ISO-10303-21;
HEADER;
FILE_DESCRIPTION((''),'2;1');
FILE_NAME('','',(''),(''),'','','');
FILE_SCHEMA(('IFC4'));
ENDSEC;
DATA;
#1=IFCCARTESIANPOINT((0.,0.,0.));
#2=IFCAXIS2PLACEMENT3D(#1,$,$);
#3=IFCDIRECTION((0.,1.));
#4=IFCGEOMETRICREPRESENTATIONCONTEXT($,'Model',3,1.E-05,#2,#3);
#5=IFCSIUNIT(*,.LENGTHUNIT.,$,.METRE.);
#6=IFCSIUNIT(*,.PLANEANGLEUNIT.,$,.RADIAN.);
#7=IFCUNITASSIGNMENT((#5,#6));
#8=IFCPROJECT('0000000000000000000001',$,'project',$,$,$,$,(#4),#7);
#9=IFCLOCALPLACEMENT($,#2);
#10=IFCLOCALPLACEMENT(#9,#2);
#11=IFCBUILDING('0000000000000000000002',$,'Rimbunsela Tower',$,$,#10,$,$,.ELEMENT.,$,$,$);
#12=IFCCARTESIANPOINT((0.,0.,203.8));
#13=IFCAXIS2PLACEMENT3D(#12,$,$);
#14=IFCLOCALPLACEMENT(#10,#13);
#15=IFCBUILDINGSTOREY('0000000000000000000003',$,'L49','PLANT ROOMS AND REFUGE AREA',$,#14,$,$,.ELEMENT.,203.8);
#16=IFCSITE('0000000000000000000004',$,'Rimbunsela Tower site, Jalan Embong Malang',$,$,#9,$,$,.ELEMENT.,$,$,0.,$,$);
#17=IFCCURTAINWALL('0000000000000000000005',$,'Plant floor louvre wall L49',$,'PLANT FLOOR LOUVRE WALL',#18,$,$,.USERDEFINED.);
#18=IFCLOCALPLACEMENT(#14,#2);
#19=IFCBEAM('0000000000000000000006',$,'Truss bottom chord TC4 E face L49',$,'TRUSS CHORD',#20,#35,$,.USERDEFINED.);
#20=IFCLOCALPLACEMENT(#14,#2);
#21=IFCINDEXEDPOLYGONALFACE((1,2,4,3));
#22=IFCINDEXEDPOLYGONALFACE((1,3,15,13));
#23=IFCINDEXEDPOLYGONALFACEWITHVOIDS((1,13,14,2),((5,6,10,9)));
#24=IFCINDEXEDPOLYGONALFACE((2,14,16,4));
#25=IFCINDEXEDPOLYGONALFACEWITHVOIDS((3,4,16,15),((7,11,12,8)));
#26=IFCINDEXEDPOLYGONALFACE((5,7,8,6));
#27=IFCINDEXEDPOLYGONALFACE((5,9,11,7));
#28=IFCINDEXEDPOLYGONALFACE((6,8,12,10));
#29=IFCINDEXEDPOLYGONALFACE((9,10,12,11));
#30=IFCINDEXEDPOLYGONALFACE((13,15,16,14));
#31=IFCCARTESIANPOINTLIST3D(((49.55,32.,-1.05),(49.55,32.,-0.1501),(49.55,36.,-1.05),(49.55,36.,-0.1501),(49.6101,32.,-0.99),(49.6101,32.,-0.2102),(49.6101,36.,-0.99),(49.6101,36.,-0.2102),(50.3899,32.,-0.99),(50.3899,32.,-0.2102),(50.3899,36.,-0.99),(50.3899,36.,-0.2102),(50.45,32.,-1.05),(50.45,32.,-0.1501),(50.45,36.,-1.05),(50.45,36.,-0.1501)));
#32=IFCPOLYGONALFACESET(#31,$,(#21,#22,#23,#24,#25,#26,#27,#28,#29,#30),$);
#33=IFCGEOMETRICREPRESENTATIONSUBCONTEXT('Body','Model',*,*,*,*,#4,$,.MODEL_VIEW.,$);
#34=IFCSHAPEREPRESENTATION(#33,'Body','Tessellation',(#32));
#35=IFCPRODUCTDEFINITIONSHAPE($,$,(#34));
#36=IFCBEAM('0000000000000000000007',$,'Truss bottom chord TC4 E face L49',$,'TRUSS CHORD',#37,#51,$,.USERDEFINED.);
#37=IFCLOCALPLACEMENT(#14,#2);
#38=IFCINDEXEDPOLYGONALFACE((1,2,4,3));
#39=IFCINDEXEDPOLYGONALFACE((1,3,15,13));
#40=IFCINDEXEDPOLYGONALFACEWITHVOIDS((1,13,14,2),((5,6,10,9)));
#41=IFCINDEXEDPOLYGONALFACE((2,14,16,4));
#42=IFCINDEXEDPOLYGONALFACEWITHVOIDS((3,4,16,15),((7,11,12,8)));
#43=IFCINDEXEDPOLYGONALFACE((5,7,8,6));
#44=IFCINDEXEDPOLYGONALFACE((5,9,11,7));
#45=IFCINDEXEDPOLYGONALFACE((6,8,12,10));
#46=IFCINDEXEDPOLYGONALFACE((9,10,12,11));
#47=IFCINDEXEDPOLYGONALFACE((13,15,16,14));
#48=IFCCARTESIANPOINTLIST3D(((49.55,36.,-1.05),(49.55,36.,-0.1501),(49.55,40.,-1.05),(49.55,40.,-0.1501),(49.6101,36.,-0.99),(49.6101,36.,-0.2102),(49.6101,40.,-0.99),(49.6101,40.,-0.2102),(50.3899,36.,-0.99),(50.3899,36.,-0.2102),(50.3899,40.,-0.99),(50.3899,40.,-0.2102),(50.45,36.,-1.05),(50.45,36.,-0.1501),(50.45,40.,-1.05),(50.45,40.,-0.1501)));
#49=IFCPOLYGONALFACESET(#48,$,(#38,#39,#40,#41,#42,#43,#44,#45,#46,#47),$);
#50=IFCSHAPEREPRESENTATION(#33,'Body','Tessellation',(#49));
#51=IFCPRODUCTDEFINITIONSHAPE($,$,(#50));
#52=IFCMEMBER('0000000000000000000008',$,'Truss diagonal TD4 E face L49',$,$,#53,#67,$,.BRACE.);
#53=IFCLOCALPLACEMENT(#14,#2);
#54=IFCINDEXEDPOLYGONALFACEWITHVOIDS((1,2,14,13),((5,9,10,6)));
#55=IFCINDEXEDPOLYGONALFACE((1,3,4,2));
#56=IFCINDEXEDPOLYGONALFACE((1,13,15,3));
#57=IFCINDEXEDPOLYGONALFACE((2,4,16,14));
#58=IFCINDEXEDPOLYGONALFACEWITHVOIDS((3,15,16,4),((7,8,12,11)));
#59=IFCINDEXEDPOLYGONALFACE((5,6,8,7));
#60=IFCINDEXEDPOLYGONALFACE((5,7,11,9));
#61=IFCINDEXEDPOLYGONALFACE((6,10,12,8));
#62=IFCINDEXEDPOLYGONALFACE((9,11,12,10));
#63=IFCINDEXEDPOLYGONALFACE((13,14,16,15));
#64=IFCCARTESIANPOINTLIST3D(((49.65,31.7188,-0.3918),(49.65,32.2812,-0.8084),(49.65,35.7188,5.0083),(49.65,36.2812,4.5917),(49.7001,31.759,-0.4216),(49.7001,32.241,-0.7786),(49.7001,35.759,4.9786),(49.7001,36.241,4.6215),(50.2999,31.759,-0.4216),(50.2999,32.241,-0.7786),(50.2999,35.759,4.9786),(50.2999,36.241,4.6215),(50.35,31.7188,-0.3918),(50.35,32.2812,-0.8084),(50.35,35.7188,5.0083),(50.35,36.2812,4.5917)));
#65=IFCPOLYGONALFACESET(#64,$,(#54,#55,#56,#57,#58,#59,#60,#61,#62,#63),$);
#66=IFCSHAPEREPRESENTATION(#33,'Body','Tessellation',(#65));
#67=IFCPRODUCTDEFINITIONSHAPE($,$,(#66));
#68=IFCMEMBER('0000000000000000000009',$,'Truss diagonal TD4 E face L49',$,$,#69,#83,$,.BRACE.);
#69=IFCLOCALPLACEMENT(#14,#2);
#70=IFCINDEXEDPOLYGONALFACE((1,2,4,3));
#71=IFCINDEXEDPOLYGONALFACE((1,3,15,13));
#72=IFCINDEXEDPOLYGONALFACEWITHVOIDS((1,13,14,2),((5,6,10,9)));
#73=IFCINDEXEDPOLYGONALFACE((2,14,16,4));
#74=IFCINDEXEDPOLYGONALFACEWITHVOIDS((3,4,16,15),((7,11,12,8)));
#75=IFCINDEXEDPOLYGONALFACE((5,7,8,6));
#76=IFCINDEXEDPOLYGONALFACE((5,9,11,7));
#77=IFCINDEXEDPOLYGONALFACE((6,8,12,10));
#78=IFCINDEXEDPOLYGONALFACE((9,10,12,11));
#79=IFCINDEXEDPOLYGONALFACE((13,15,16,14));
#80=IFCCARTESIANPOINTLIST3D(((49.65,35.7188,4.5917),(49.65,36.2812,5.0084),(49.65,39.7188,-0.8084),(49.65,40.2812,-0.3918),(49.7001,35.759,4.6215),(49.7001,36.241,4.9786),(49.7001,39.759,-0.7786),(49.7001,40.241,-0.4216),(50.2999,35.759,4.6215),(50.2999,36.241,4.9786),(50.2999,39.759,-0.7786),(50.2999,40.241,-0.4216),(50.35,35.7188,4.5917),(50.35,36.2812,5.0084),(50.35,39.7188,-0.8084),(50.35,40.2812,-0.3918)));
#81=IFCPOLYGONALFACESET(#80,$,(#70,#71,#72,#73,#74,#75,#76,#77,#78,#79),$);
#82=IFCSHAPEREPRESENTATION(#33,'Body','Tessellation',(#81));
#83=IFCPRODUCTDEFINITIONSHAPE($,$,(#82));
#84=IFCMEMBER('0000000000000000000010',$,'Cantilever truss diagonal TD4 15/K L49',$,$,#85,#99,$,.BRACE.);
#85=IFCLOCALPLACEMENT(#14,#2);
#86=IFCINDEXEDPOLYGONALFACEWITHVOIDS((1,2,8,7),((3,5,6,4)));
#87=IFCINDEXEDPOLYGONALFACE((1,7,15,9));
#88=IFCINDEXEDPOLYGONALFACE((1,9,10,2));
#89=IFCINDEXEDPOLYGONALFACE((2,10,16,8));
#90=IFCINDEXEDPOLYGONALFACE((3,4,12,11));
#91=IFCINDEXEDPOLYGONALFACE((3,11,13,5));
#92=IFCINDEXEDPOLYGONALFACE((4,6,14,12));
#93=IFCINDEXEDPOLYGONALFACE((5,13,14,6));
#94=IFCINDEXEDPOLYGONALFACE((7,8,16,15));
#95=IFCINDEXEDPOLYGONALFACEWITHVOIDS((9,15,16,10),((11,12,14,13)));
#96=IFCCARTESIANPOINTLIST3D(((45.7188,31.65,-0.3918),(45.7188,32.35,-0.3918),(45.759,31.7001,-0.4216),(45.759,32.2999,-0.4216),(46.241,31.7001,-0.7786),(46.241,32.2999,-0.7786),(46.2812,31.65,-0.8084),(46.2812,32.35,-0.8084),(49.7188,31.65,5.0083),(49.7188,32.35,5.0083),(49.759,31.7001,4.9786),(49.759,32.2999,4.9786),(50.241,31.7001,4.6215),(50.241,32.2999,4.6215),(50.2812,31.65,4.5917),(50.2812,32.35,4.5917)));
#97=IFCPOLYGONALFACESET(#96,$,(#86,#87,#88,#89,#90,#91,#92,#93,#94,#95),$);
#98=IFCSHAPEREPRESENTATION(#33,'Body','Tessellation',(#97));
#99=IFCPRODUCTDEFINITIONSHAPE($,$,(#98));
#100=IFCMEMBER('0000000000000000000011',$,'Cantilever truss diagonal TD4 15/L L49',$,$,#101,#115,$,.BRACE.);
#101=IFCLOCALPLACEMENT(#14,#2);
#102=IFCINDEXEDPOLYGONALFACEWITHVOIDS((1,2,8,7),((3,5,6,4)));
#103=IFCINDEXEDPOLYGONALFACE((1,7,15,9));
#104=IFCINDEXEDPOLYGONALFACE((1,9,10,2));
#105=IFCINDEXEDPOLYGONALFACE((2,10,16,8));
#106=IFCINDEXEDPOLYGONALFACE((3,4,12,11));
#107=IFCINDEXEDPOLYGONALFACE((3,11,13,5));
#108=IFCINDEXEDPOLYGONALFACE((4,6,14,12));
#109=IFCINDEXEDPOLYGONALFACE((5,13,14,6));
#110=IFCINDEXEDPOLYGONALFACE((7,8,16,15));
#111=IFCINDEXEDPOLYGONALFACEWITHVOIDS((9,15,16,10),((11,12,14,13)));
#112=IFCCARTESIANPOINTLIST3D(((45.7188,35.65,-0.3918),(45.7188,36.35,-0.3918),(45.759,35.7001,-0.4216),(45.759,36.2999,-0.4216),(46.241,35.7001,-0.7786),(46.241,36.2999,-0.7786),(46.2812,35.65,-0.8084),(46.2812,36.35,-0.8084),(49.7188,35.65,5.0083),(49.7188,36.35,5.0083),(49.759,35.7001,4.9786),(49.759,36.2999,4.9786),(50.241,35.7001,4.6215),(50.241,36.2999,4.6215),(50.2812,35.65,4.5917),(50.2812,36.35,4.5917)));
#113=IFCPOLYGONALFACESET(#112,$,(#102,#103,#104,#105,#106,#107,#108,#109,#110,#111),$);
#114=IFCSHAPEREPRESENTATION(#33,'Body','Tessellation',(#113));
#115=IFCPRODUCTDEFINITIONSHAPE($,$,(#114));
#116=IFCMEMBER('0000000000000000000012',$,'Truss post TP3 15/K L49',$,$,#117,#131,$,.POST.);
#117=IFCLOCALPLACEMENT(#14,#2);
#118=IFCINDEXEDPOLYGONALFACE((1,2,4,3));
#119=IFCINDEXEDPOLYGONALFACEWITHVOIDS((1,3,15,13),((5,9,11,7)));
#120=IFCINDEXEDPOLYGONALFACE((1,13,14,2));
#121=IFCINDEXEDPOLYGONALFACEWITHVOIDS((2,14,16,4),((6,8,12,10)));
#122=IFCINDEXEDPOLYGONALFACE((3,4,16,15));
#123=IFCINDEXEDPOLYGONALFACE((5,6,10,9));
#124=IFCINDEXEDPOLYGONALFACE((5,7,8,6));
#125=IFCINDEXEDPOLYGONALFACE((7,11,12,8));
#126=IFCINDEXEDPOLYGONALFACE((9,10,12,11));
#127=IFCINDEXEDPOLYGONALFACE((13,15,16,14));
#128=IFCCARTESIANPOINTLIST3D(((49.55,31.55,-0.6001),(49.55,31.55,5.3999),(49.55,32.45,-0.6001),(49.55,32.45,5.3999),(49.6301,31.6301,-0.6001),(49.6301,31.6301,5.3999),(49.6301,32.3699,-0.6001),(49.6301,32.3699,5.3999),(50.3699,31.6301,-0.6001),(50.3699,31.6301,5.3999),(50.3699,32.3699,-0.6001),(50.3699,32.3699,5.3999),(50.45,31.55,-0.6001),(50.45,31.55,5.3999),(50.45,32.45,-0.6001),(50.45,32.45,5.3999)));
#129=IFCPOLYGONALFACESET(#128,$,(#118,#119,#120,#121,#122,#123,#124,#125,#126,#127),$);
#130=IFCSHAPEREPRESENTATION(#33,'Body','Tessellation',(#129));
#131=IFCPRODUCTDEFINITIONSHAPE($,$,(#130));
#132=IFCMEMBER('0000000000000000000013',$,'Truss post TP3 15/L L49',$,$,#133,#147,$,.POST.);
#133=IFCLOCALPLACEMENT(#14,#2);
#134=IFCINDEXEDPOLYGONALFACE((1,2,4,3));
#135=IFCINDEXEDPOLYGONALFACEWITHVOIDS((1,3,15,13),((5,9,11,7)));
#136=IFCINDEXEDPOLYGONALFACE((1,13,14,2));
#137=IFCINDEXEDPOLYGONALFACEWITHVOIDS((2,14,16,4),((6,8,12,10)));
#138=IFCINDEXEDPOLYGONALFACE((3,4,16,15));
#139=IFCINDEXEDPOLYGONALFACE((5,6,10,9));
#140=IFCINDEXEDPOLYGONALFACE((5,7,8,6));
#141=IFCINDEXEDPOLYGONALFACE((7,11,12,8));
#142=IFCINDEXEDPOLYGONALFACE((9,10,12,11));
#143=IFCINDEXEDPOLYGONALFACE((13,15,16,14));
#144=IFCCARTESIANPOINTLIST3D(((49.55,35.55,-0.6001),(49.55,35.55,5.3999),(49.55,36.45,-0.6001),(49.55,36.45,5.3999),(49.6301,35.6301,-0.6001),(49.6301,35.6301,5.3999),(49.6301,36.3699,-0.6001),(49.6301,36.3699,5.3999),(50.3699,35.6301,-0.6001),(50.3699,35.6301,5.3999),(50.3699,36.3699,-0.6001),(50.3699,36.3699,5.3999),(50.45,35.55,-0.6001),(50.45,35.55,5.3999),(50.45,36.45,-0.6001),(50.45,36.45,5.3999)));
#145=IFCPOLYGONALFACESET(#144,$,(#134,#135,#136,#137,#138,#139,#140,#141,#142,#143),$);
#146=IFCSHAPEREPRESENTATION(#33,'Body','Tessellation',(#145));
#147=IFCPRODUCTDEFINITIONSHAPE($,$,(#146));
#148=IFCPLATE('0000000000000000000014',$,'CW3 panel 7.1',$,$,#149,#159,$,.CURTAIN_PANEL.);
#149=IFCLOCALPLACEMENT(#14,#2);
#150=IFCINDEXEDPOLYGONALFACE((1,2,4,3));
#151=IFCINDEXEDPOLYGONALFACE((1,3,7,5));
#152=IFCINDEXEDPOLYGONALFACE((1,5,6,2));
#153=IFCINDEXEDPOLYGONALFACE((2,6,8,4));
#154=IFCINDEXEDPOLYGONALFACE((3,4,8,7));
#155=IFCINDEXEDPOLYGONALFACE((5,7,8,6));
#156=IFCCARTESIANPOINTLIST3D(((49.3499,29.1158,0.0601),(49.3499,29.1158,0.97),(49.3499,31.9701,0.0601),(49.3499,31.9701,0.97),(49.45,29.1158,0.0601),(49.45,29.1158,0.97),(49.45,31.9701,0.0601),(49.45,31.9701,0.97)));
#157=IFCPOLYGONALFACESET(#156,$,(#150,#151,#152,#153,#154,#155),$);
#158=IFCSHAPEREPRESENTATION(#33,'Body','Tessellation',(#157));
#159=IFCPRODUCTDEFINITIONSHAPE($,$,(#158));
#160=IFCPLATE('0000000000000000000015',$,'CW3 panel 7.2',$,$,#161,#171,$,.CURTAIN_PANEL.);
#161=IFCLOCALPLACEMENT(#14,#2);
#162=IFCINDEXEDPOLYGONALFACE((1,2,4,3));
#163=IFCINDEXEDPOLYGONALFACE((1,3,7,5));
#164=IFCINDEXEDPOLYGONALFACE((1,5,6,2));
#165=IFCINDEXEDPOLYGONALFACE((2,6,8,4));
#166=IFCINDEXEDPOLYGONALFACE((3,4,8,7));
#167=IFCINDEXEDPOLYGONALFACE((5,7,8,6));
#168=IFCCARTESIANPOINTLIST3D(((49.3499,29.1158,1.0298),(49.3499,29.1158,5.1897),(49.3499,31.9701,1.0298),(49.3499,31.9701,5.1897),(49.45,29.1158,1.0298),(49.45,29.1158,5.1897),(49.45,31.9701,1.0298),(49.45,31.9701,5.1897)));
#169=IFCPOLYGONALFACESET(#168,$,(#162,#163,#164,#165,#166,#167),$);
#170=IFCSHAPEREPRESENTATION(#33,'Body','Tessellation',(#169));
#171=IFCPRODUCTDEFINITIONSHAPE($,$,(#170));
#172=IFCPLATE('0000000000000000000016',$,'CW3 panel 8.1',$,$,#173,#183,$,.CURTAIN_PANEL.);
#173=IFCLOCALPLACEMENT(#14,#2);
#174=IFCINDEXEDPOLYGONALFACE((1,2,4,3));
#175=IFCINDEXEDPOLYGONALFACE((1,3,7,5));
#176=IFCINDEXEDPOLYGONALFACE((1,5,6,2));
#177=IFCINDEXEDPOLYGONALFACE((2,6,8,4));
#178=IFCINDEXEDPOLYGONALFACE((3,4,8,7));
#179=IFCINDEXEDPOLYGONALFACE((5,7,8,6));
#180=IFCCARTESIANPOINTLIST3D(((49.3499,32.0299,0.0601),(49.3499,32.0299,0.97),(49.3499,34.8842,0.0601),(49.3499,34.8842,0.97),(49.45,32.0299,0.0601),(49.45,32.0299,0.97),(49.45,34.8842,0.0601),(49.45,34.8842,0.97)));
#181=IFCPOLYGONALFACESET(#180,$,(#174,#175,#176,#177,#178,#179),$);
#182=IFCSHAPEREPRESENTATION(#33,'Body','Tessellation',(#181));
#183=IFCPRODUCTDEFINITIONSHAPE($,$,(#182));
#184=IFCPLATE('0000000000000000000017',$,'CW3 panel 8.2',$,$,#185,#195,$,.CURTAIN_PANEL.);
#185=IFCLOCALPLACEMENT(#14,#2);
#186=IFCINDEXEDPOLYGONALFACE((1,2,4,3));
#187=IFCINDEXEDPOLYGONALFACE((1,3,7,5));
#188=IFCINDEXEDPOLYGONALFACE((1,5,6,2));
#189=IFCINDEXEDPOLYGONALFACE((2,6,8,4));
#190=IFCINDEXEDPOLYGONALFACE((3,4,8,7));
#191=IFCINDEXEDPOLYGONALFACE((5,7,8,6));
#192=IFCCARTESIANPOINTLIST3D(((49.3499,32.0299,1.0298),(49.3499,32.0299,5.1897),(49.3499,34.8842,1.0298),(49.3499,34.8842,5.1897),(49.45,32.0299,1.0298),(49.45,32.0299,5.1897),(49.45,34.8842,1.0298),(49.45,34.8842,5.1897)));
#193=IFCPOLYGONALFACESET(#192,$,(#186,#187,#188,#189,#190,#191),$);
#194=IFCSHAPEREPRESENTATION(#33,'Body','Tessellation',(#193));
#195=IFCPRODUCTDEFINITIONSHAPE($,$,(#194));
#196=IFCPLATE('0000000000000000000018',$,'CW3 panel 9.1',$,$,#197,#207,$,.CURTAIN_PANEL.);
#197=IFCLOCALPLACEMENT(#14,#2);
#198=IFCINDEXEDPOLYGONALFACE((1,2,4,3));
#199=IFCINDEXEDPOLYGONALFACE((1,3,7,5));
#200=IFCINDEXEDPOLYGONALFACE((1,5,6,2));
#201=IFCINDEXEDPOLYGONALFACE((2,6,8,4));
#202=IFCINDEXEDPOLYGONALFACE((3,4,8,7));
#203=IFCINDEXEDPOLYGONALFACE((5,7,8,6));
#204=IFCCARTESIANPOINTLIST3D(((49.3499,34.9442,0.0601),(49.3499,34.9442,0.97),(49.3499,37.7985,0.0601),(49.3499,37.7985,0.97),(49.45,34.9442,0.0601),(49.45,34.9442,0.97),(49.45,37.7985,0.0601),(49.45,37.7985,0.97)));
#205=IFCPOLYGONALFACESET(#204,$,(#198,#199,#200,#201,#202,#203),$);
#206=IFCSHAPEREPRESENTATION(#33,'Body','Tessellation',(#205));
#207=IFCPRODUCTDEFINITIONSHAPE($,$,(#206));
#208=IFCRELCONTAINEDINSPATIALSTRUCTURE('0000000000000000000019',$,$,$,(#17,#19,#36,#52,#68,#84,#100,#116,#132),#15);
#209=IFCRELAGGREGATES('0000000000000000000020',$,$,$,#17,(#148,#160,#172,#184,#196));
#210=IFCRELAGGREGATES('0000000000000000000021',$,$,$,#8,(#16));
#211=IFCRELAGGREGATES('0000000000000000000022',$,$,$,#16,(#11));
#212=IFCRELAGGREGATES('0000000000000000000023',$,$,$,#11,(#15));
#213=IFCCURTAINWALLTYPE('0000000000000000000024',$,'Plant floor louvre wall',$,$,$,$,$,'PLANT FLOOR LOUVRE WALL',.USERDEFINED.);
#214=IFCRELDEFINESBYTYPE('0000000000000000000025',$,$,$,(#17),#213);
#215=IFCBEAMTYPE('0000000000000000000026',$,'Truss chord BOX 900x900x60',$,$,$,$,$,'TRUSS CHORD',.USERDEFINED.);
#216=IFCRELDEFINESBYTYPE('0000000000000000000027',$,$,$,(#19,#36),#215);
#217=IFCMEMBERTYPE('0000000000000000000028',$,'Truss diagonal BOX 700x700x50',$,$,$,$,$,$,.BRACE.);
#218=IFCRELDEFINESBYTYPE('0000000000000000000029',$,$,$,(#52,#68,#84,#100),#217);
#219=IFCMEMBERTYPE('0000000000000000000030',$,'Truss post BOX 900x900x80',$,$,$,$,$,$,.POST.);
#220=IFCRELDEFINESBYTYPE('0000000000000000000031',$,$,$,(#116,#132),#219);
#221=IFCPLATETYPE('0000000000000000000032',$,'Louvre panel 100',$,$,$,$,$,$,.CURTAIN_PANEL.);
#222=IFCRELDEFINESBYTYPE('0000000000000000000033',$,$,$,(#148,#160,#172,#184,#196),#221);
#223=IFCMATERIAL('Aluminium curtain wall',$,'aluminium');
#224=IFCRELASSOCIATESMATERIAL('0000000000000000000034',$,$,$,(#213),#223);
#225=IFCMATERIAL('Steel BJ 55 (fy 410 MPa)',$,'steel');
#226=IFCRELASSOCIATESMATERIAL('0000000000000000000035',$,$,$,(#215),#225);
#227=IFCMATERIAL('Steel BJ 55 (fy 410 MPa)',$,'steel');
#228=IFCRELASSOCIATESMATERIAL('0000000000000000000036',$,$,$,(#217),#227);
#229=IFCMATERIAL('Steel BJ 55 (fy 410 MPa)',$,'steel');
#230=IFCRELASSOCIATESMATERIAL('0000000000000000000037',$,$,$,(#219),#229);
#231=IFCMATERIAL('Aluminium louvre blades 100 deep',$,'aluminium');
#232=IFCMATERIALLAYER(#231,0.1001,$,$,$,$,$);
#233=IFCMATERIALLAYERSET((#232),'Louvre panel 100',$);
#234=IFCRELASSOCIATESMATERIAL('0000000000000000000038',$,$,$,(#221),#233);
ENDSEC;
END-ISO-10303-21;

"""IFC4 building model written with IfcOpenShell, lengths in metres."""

from ifc_helpers import new_model, si_unit, direction, frame, origin, origin_2d, place, context, subcontext, project, spatial, rectangle, hollow_rectangle, extrude, material, layer, layer_set, material_profile, profile_set, type_object, element, aggregate, save


model = new_model("IFC4")

# Units and contexts
model_context = context("Model", 3, precision=1e-05, world=origin(), true_north=direction((0.0, 1.0)))
body_context = subcontext(model_context, "Body", "Model", "MODEL_VIEW")
ifc_project = project(units=[si_unit("LENGTHUNIT", "METRE"), si_unit("PLANEANGLEUNIT", "RADIAN")], contexts=[model_context])

# Site, building, storey
site_placement = place(None, origin())
site = spatial("IfcSite", under=ifc_project, at=site_placement, Name="Rimbunsela Tower site, Jalan Embong Malang", CompositionType="ELEMENT", RefElevation=0.0)
building_placement = place(site_placement, origin())
building = spatial("IfcBuilding", under=site, at=building_placement, Name="Rimbunsela Tower", CompositionType="ELEMENT")
storey_placement = place(building_placement, frame((0.0, 0.0, 203.8)))
storey = spatial("IfcBuildingStorey", under=building, at=storey_placement, Name="L49", Description="PLANT ROOMS AND REFUGE AREA", CompositionType="ELEMENT", Elevation=203.8)

# Curtain wall
ifc_material_1 = material(Name="Aluminium curtain wall", Category="aluminium")
curtain_wall_type = type_object("IfcCurtainWallType", Name="Plant floor louvre wall", ElementType="PLANT FLOOR LOUVRE WALL", PredefinedType="USERDEFINED", material=ifc_material_1)
curtain_wall_placement = place(storey_placement, origin())
curtain_wall = element("IfcCurtainWall", 1, at=curtain_wall_placement, inside=storey, type_object=curtain_wall_type, Name="Plant floor louvre wall L49", ObjectType="PLANT FLOOR LOUVRE WALL", PredefinedType="USERDEFINED")

# Beams
ifc_material_2 = material(Name="Steel BJ 55 (fy 410 MPa)", Category="steel")
ifc_material_profile_1 = material_profile(ifc_material_2, hollow_rectangle(XDim=0.8999, YDim=0.8999, WallThickness=0.0601, at=origin_2d()), Name="BOX 900x900x60")
ifc_profile_set_1 = profile_set([ifc_material_profile_1], Name="Steel BJ 55 (fy 410 MPa)")
beam_type_1 = type_object("IfcBeamType", Name="Truss chord BOX 900x900x60", ElementType="TRUSS CHORD", PredefinedType="USERDEFINED", material=ifc_profile_set_1)
for number, where, z_axis, x_axis, name in (
    (2, (50.0, 32.0, -0.6001), (0.0, 1.0, 0.0), (-1.0, 0.0, 0.0), "Truss bottom chord TC4 E face L49"),
    (3, (50.0, 36.0, -0.6001), (0.0, 1.0, 0.0), (-1.0, 0.0, 0.0), "Truss bottom chord TC4 E face L49"),
):
    element("IfcBeam", number, at=place(storey_placement, frame(where, z_axis=z_axis, x_axis=x_axis)), inside=storey, type_object=beam_type_1, Name=name, ObjectType="TRUSS CHORD", PredefinedType="USERDEFINED", context=body_context, shape_type="SweptSolid", body=[
        extrude(hollow_rectangle(XDim=0.8999, YDim=0.8999, WallThickness=0.0601, at=origin_2d()), origin(), (0.0, 0.0, 1.0), 4.0),
    ])

# Members
ifc_material_3 = material(Name="Steel BJ 55 (fy 410 MPa)", Category="steel")
ifc_material_profile_2 = material_profile(ifc_material_3, hollow_rectangle(XDim=0.7, YDim=0.7, WallThickness=0.05, at=origin_2d()), Name="BOX 700x700x50")
ifc_profile_set_2 = profile_set([ifc_material_profile_2], Name="Steel BJ 55 (fy 410 MPa)")
member_type_1 = type_object("IfcMemberType", Name="Truss diagonal BOX 700x700x50", PredefinedType="BRACE", material=ifc_profile_set_2)
for number, where, z_axis, x_axis, name in (
    (4, (50.0, 32.0, -0.6001), (0.0, 0.595217, 0.803565), (-1.0, 0.0, 0.0), "Truss diagonal TD4 E face L49"),
    (5, (50.0, 36.0, 4.8), (0.0, 0.595217, -0.803565), (-1.0, 0.0, 0.0), "Truss diagonal TD4 E face L49"),
    (6, (46.0, 32.0, -0.6001), (0.595217, 0.0, 0.803565), (0.0, 1.0, 0.0), "Cantilever truss diagonal TD4 15/K L49"),
    (7, (46.0, 36.0, -0.6001), (0.595217, 0.0, 0.803565), (0.0, 1.0, 0.0), "Cantilever truss diagonal TD4 15/L L49"),
):
    element("IfcMember", number, at=place(storey_placement, frame(where, z_axis=z_axis, x_axis=x_axis)), inside=storey, type_object=member_type_1, Name=name, PredefinedType="BRACE", context=body_context, shape_type="SweptSolid", body=[
        extrude(hollow_rectangle(XDim=0.7, YDim=0.7, WallThickness=0.05, at=origin_2d()), origin(), (0.0, 0.0, 1.0), 6.7202),
    ])
ifc_material_4 = material(Name="Steel BJ 55 (fy 410 MPa)", Category="steel")
ifc_material_profile_3 = material_profile(ifc_material_4, hollow_rectangle(XDim=0.8999, YDim=0.8999, WallThickness=0.0801, at=origin_2d()), Name="BOX 900x900x80")
ifc_profile_set_3 = profile_set([ifc_material_profile_3], Name="Steel BJ 55 (fy 410 MPa)")
member_type_2 = type_object("IfcMemberType", Name="Truss post BOX 900x900x80", PredefinedType="POST", material=ifc_profile_set_3)
for number, where, z_axis, x_axis, name in (
    (8, (50.0, 32.0, -0.6001), (0.0, 0.0, 1.0), (1.0, 0.0, 0.0), "Truss post TP3 15/K L49"),
    (9, (50.0, 36.0, -0.6001), (0.0, 0.0, 1.0), (1.0, 0.0, 0.0), "Truss post TP3 15/L L49"),
):
    element("IfcMember", number, at=place(storey_placement, frame(where, z_axis=z_axis, x_axis=x_axis)), inside=storey, type_object=member_type_2, Name=name, PredefinedType="POST", context=body_context, shape_type="SweptSolid", body=[
        extrude(hollow_rectangle(XDim=0.8999, YDim=0.8999, WallThickness=0.0801, at=origin_2d()), origin(), (0.0, 0.0, 1.0), 6.0),
    ])

# Plates
ifc_material_5 = material(Name="Aluminium louvre blades 100 deep", Category="aluminium")
ifc_layer = layer(ifc_material_5, 0.1001)
ifc_layer_set = layer_set([ifc_layer], Name="Louvre panel 100")
plate_type = type_object("IfcPlateType", Name="Louvre panel 100", PredefinedType="CURTAIN_PANEL", material=ifc_layer_set)
plate_1_placement = place(storey_placement, frame((49.3999, 30.543, 0.0601), z_axis=(0.0, 0.0, 1.0), x_axis=(0.0, 1.0, 0.0)))
plate_1 = element("IfcPlate", 10, at=plate_1_placement, type_object=plate_type, Name="CW3 panel 7.1", PredefinedType="CURTAIN_PANEL", context=body_context, shape_type="SweptSolid", body=[
    extrude(rectangle(XDim=2.8542, YDim=0.1001, at=origin_2d()), origin(), (0.0, 0.0, 1.0), 0.9099),
])
plate_2_placement = place(storey_placement, frame((49.3999, 30.543, 1.0298), z_axis=(0.0, 0.0, 1.0), x_axis=(0.0, 1.0, 0.0)))
plate_2 = element("IfcPlate", 11, at=plate_2_placement, type_object=plate_type, Name="CW3 panel 7.2", PredefinedType="CURTAIN_PANEL", context=body_context, shape_type="SweptSolid", body=[
    extrude(rectangle(XDim=2.8542, YDim=0.1001, at=origin_2d()), origin(), (0.0, 0.0, 1.0), 4.1599),
])
plate_3_placement = place(storey_placement, frame((49.3999, 33.457, 0.0601), z_axis=(0.0, 0.0, 1.0), x_axis=(0.0, 1.0, 0.0)))
plate_3 = element("IfcPlate", 12, at=plate_3_placement, type_object=plate_type, Name="CW3 panel 8.1", PredefinedType="CURTAIN_PANEL", context=body_context, shape_type="SweptSolid", body=[
    extrude(rectangle(XDim=2.8542, YDim=0.1001, at=origin_2d()), origin(), (0.0, 0.0, 1.0), 0.9099),
])
plate_4_placement = place(storey_placement, frame((49.3999, 33.457, 1.0298), z_axis=(0.0, 0.0, 1.0), x_axis=(0.0, 1.0, 0.0)))
plate_4 = element("IfcPlate", 13, at=plate_4_placement, type_object=plate_type, Name="CW3 panel 8.2", PredefinedType="CURTAIN_PANEL", context=body_context, shape_type="SweptSolid", body=[
    extrude(rectangle(XDim=2.8542, YDim=0.1001, at=origin_2d()), origin(), (0.0, 0.0, 1.0), 4.1599),
])
plate_5_placement = place(storey_placement, frame((49.3999, 36.3713, 0.0601), z_axis=(0.0, 0.0, 1.0), x_axis=(0.0, 1.0, 0.0)))
plate_5 = element("IfcPlate", 14, at=plate_5_placement, type_object=plate_type, Name="CW3 panel 9.1", PredefinedType="CURTAIN_PANEL", context=body_context, shape_type="SweptSolid", body=[
    extrude(rectangle(XDim=2.8542, YDim=0.1001, at=origin_2d()), origin(), (0.0, 0.0, 1.0), 0.9099),
])
aggregate(curtain_wall, [plate_1, plate_2, plate_3, plate_4, plate_5])

save(model, "model.ifc")
